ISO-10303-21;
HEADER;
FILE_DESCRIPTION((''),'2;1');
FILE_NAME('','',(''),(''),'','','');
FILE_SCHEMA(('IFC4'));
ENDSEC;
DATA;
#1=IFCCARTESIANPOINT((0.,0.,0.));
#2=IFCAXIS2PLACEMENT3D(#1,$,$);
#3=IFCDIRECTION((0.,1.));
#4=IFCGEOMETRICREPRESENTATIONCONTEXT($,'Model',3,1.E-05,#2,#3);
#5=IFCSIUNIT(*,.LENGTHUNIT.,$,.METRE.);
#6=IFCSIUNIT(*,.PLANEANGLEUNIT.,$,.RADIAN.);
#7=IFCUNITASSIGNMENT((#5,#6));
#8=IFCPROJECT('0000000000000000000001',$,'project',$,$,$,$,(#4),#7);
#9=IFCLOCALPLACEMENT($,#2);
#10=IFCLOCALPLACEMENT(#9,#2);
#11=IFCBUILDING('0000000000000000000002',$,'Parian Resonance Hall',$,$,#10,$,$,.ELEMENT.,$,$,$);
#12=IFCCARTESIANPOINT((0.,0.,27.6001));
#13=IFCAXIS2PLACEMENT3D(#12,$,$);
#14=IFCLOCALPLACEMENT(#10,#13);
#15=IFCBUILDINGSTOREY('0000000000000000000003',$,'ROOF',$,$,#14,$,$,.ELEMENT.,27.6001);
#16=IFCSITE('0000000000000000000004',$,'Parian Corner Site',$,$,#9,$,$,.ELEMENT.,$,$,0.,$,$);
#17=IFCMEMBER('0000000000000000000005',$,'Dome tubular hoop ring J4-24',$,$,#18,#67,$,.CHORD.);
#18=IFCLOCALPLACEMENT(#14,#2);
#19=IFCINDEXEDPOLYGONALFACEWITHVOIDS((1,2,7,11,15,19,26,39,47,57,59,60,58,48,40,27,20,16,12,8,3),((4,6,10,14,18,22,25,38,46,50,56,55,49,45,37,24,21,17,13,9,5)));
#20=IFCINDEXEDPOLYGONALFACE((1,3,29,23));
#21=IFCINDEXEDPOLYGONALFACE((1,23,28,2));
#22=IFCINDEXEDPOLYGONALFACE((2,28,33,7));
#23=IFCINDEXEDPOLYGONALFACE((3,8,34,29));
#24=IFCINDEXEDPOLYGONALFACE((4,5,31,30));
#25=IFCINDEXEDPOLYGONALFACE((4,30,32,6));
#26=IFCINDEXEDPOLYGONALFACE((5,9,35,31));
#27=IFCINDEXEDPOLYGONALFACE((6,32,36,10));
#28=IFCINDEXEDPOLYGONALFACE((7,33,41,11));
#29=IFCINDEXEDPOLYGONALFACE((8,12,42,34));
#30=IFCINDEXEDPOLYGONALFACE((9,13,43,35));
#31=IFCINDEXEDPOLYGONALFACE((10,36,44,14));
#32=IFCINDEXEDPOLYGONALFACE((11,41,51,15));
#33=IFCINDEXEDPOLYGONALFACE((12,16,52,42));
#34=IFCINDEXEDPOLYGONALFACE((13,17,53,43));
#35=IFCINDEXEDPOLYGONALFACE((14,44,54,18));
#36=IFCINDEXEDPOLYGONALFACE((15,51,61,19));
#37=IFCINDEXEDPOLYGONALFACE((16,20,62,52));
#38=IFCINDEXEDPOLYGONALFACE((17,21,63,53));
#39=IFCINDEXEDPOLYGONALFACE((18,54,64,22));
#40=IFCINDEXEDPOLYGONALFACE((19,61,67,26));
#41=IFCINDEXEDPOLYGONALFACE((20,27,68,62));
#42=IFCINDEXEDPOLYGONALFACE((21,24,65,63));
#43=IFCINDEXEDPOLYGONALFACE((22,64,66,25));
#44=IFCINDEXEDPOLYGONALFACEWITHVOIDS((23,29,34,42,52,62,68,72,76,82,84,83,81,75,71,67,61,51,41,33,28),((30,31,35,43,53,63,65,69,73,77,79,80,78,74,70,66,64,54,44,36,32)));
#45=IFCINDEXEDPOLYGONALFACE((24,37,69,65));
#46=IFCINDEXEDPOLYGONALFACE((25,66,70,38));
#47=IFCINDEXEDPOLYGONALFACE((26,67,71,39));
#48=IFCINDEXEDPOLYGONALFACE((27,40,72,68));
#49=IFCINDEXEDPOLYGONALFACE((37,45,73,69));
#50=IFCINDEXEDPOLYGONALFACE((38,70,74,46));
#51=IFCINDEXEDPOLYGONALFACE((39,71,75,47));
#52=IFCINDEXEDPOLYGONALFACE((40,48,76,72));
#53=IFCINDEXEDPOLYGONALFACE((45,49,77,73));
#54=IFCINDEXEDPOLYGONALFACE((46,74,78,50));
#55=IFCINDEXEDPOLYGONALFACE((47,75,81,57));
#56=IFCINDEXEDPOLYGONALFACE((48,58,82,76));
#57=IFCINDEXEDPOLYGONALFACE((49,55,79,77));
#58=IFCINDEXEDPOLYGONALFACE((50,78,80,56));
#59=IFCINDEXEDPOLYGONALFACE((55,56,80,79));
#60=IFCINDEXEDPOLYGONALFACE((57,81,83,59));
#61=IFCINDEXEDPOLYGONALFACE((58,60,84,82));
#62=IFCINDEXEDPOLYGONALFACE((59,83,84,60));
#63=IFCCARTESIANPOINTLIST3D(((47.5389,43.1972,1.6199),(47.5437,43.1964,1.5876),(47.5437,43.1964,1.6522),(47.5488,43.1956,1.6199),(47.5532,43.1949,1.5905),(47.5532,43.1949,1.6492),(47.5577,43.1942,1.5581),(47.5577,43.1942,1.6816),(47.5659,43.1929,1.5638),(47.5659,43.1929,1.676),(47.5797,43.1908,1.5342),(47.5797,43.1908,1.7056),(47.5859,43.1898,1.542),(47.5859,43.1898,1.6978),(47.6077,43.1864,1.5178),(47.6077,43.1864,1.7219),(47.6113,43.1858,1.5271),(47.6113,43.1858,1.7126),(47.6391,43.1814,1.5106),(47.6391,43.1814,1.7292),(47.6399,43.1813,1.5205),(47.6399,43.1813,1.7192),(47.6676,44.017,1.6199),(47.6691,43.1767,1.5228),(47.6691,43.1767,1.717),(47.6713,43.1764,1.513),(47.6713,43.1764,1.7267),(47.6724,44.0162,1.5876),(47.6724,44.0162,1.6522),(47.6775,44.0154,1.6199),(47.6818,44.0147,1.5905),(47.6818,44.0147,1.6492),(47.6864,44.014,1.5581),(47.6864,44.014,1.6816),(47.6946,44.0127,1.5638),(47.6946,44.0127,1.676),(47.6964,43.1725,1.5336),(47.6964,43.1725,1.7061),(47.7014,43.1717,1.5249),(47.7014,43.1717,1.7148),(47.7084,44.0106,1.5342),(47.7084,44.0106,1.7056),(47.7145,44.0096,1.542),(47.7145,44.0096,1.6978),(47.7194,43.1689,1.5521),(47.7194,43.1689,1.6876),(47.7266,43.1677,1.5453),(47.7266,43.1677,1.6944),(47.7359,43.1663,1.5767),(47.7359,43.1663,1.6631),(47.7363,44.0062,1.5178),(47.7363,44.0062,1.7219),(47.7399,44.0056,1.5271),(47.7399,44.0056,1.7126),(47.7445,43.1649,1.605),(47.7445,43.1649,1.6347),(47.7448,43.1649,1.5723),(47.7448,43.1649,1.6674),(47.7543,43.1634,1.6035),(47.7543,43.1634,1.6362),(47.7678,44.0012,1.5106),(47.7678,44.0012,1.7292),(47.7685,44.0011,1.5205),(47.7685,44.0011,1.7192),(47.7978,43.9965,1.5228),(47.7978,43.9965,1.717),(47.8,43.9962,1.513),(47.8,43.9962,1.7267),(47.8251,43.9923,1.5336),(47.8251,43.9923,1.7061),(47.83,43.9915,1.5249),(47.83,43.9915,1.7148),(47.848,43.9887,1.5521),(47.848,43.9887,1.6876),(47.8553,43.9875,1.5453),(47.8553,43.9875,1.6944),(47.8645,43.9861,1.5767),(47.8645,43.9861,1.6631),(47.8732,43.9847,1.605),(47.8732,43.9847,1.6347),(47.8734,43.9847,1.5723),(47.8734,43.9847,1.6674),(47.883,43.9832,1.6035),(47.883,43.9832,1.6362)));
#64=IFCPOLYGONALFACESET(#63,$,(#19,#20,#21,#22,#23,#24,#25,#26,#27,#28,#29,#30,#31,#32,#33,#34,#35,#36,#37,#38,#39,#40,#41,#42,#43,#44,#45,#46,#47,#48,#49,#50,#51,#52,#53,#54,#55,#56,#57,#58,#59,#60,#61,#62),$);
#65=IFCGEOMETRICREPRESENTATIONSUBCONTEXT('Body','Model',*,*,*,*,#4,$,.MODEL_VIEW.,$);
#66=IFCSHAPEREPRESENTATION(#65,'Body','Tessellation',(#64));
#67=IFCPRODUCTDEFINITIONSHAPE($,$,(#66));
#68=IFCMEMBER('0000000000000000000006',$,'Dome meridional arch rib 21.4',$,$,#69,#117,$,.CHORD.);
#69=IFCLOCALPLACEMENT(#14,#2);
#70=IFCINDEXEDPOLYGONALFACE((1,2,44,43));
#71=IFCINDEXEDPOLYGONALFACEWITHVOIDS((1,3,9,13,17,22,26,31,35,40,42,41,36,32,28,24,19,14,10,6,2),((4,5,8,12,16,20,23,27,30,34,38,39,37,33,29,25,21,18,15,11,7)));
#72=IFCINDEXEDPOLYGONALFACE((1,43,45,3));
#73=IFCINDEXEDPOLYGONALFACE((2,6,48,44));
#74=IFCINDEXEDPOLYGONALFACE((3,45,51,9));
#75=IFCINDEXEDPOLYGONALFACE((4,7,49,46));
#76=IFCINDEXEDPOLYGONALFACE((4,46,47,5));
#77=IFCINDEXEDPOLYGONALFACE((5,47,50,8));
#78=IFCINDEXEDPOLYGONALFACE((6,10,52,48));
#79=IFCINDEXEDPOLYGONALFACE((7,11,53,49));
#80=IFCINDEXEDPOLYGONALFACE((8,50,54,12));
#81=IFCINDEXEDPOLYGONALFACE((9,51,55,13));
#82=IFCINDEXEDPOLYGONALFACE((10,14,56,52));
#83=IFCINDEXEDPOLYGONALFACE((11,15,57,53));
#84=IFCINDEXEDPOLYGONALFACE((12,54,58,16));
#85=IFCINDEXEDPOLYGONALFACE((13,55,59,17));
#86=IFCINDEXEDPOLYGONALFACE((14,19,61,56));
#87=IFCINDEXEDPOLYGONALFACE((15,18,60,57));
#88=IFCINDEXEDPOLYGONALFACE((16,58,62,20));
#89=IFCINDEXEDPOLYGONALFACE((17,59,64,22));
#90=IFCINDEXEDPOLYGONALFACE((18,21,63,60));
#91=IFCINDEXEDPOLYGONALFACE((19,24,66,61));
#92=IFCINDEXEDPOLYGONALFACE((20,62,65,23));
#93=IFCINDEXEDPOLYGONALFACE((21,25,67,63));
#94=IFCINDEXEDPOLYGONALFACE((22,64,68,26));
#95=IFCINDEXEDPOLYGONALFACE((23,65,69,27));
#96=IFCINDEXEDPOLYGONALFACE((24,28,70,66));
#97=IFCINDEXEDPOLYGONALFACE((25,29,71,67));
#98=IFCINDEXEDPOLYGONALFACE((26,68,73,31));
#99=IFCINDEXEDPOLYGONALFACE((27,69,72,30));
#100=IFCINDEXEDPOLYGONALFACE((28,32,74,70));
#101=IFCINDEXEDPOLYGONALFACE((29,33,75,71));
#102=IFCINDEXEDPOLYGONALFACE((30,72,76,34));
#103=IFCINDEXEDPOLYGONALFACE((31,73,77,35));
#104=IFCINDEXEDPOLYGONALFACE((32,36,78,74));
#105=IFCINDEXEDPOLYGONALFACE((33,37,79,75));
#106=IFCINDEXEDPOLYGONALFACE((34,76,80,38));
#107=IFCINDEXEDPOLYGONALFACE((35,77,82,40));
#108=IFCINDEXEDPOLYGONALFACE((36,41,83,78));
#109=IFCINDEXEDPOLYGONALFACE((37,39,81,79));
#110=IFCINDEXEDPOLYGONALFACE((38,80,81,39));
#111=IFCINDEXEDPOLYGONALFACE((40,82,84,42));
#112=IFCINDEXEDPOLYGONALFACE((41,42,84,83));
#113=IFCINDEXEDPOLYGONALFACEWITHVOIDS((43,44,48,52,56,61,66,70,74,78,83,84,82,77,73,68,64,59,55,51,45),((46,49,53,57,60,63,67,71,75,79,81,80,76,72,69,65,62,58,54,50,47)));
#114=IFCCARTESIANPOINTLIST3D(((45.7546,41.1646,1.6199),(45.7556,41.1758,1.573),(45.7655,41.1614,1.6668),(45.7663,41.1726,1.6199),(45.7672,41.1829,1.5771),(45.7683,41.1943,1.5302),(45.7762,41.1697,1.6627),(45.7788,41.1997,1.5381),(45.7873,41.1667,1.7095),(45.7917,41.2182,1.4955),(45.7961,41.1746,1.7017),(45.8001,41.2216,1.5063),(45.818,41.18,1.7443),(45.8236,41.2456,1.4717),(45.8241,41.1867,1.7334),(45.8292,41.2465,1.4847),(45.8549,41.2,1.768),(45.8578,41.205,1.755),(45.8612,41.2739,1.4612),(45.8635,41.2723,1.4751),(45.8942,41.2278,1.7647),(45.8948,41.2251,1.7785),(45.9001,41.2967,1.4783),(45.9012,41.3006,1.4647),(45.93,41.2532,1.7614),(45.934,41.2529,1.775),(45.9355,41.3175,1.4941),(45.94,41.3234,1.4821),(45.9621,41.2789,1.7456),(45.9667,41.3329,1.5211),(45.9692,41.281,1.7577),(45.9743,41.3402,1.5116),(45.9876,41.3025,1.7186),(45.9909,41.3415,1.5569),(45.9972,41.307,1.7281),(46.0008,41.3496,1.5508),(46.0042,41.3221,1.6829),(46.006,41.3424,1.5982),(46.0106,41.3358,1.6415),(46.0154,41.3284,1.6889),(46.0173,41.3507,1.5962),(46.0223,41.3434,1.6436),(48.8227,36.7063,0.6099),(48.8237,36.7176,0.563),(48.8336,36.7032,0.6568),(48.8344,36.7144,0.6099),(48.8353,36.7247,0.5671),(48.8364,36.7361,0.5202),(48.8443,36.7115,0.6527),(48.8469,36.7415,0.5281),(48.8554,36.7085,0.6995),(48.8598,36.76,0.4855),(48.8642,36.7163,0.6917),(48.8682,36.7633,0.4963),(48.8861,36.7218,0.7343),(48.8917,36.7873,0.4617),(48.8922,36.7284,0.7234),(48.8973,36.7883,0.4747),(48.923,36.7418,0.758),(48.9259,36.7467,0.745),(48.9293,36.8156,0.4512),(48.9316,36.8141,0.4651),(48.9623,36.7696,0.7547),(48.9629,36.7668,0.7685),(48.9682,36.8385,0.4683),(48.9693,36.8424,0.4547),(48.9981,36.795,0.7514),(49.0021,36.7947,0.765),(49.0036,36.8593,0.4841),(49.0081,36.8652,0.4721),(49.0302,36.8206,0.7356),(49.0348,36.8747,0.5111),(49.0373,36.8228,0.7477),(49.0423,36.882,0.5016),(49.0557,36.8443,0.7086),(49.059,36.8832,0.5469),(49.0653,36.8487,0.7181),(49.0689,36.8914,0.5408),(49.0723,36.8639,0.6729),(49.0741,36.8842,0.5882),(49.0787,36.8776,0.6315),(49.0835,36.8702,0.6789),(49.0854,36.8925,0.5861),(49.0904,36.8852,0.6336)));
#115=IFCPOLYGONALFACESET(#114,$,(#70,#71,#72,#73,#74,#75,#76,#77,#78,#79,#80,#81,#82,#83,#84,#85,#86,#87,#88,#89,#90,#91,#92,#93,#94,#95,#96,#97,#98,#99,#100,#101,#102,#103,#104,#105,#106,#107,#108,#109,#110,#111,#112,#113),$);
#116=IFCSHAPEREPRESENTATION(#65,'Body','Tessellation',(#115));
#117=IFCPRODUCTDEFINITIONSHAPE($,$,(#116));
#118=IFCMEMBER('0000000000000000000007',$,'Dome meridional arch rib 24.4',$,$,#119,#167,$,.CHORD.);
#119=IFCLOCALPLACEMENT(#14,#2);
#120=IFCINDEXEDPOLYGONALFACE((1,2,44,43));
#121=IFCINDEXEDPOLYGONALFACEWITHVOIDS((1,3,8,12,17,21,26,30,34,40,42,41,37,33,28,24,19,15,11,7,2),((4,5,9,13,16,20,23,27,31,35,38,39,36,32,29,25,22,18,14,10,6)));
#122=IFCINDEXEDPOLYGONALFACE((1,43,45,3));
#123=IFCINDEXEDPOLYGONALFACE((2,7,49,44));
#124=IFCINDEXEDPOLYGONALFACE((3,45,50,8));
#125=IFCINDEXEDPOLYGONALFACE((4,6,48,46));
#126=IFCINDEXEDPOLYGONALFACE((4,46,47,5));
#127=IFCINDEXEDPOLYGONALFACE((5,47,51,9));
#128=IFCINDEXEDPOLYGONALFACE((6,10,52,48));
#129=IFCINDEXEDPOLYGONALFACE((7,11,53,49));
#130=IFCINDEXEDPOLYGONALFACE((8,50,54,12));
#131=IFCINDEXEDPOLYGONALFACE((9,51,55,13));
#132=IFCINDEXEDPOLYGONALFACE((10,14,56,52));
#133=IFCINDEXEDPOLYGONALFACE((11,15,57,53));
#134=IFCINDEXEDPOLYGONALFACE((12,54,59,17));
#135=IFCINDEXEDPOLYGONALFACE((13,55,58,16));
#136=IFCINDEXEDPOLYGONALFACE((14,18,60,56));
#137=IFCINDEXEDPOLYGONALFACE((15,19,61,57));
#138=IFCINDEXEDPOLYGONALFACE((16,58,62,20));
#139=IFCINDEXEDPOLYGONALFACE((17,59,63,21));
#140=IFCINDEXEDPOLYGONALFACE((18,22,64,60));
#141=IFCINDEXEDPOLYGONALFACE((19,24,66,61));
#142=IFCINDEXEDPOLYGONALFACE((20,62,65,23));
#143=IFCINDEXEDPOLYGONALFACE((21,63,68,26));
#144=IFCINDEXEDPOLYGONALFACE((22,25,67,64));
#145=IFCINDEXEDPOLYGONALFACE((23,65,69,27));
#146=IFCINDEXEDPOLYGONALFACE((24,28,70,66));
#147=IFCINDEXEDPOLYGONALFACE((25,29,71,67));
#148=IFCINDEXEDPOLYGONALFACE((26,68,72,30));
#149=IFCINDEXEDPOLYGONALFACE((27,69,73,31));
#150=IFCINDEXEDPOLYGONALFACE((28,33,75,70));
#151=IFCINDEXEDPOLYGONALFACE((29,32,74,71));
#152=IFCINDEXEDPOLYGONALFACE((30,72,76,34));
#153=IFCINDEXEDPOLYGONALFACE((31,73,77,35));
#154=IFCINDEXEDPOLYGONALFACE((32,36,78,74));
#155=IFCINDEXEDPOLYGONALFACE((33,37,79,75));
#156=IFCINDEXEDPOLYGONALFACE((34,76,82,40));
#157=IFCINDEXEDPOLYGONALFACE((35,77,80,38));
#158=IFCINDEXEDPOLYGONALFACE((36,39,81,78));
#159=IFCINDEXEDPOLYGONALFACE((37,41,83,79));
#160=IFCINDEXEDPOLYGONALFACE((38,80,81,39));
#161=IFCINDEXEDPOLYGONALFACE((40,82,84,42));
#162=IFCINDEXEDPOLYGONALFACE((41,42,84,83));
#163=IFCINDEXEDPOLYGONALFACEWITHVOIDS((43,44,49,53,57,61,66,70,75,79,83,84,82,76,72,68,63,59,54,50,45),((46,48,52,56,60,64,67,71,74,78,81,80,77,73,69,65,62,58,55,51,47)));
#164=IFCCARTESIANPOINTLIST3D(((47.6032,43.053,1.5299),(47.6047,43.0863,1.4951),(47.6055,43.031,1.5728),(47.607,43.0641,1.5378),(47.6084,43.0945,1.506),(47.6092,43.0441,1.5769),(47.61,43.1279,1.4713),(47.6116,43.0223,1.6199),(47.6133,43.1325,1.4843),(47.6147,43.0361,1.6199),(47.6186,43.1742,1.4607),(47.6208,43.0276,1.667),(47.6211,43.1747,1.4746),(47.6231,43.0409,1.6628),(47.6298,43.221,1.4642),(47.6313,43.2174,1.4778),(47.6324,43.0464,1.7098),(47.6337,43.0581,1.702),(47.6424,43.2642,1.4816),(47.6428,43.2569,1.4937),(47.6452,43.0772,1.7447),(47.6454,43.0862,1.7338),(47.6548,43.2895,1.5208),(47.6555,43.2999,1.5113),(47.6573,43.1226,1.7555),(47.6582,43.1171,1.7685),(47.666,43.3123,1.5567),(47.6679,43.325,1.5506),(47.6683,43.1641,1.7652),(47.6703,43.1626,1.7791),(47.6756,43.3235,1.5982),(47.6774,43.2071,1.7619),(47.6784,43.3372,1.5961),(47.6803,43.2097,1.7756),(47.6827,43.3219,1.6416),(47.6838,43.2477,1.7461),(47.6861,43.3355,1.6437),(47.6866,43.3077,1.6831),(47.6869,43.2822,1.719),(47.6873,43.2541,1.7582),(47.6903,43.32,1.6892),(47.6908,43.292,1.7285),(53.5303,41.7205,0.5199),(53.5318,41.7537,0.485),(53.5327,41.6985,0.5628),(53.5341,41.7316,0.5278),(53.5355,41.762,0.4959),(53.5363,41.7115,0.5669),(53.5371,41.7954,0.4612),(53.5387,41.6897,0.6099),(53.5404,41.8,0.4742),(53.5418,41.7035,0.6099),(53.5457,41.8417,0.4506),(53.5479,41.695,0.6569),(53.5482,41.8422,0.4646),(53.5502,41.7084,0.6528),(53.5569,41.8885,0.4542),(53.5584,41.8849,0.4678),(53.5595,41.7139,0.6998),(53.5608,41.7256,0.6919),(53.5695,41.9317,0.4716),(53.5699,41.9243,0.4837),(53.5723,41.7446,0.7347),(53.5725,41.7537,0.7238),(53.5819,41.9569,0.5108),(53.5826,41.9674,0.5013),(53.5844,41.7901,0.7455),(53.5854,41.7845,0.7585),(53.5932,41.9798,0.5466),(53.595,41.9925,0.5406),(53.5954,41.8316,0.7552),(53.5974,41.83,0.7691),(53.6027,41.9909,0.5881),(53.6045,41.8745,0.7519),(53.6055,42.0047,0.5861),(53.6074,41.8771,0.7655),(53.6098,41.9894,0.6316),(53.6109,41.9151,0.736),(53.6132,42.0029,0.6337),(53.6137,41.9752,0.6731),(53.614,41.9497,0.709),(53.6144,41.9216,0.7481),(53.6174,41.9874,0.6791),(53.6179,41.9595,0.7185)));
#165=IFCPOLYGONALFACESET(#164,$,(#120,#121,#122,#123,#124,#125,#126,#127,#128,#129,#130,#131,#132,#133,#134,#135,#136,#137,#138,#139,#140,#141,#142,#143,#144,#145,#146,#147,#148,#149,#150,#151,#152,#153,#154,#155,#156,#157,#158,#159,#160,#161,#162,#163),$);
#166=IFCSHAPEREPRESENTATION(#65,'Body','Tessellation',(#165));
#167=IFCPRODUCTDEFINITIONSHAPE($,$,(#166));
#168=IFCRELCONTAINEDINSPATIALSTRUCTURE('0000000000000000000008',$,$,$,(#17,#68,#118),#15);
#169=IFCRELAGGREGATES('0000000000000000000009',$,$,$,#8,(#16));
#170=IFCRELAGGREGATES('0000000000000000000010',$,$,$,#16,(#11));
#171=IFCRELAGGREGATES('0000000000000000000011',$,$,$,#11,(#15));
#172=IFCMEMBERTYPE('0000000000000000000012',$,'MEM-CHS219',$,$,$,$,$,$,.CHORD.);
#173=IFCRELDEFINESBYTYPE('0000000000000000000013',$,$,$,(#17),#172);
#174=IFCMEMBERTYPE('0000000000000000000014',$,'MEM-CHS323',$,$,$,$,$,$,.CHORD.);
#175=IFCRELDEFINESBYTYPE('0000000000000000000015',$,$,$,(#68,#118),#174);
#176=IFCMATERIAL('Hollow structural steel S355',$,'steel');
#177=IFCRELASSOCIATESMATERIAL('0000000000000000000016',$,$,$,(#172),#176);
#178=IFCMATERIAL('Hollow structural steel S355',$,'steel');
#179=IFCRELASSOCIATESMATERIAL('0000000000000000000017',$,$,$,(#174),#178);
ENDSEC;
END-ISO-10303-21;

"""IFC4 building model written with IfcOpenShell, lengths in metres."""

from ifc_helpers import new_model, si_unit, direction, frame, origin, origin_2d, place, context, subcontext, project, spatial, hollow_circle, extrude, material, material_profile, profile_set, type_object, element, save


model = new_model("IFC4")

# Units and contexts
model_context = context("Model", 3, precision=1e-05, world=origin(), true_north=direction((0.0, 1.0)))
body_context = subcontext(model_context, "Body", "Model", "MODEL_VIEW")
ifc_project = project(units=[si_unit("LENGTHUNIT", "METRE"), si_unit("PLANEANGLEUNIT", "RADIAN")], contexts=[model_context])

# Site, building, storey
site_placement = place(None, origin())
site = spatial("IfcSite", under=ifc_project, at=site_placement, Name="Parian Corner Site", CompositionType="ELEMENT", RefElevation=0.0)
building_placement = place(site_placement, origin())
building = spatial("IfcBuilding", under=site, at=building_placement, Name="Parian Resonance Hall", CompositionType="ELEMENT")
storey_placement = place(building_placement, frame((0.0, 0.0, 27.6001)))
storey = spatial("IfcBuildingStorey", under=building, at=storey_placement, Name="ROOF", CompositionType="ELEMENT", Elevation=27.6001)

# Members
ifc_material_1 = material(Name="Hollow structural steel S355", Category="steel")
ifc_material_profile_1 = material_profile(ifc_material_1, hollow_circle(Radius=0.1096, WallThickness=0.01, at=origin_2d()), Name="CHS219.1x10")
ifc_profile_set_1 = profile_set([ifc_material_profile_1], Name="Hollow structural steel S355")
member_type_1 = type_object("IfcMemberType", Name="MEM-CHS219", PredefinedType="CHORD", material=ifc_profile_set_1)
member_1_placement = place(storey_placement, frame((47.6472, 43.1802, 1.6199), z_axis=(0.155041, 0.987908, 0.0), x_axis=(-0.987908, 0.155041, 0.0)))
element("IfcMember", 1, at=member_1_placement, inside=storey, type_object=member_type_1, Name="Dome tubular hoop ring J4-24", PredefinedType="CHORD", context=body_context, shape_type="SweptSolid", body=[
    extrude(hollow_circle(Radius=0.1096, WallThickness=0.01, at=origin_2d()), origin(), (0.0, 0.0, 1.0), 0.8298),
])
ifc_material_2 = material(Name="Hollow structural steel S355", Category="steel")
ifc_material_profile_2 = material_profile(ifc_material_2, hollow_circle(Radius=0.1619, WallThickness=0.0142, at=origin_2d()), Name="CHS323.9x14.2")
ifc_profile_set_2 = profile_set([ifc_material_profile_2], Name="Hollow structural steel S355")
member_type_2 = type_object("IfcMemberType", Name="MEM-CHS323", PredefinedType="CHORD", material=ifc_profile_set_2)
member_2_placement = place(storey_placement, frame((48.9561, 36.7981, 0.6099), z_axis=(-0.557292, 0.809796, 0.183458), x_axis=(-0.823777, -0.566914, 0.0)))
element("IfcMember", 2, at=member_2_placement, inside=storey, type_object=member_type_2, Name="Dome meridional arch rib 21.4", PredefinedType="CHORD", context=body_context, shape_type="SweptSolid", body=[
    extrude(hollow_circle(Radius=0.1619, WallThickness=0.0142, at=origin_2d()), origin(), (0.0, 0.0, 1.0), 5.5054),
])
member_3_placement = place(storey_placement, frame((53.5742, 41.8477, 0.6099), z_axis=(-0.962436, 0.216377, 0.164007), x_axis=(-0.219347, -0.975647, 0.0)))
element("IfcMember", 3, at=member_3_placement, inside=storey, type_object=member_type_2, Name="Dome meridional arch rib 24.4", PredefinedType="CHORD", context=body_context, shape_type="SweptSolid", body=[
    extrude(hollow_circle(Radius=0.1619, WallThickness=0.0142, at=origin_2d()), origin(), (0.0, 0.0, 1.0), 6.1584),
])

save(model, "model.ifc")
